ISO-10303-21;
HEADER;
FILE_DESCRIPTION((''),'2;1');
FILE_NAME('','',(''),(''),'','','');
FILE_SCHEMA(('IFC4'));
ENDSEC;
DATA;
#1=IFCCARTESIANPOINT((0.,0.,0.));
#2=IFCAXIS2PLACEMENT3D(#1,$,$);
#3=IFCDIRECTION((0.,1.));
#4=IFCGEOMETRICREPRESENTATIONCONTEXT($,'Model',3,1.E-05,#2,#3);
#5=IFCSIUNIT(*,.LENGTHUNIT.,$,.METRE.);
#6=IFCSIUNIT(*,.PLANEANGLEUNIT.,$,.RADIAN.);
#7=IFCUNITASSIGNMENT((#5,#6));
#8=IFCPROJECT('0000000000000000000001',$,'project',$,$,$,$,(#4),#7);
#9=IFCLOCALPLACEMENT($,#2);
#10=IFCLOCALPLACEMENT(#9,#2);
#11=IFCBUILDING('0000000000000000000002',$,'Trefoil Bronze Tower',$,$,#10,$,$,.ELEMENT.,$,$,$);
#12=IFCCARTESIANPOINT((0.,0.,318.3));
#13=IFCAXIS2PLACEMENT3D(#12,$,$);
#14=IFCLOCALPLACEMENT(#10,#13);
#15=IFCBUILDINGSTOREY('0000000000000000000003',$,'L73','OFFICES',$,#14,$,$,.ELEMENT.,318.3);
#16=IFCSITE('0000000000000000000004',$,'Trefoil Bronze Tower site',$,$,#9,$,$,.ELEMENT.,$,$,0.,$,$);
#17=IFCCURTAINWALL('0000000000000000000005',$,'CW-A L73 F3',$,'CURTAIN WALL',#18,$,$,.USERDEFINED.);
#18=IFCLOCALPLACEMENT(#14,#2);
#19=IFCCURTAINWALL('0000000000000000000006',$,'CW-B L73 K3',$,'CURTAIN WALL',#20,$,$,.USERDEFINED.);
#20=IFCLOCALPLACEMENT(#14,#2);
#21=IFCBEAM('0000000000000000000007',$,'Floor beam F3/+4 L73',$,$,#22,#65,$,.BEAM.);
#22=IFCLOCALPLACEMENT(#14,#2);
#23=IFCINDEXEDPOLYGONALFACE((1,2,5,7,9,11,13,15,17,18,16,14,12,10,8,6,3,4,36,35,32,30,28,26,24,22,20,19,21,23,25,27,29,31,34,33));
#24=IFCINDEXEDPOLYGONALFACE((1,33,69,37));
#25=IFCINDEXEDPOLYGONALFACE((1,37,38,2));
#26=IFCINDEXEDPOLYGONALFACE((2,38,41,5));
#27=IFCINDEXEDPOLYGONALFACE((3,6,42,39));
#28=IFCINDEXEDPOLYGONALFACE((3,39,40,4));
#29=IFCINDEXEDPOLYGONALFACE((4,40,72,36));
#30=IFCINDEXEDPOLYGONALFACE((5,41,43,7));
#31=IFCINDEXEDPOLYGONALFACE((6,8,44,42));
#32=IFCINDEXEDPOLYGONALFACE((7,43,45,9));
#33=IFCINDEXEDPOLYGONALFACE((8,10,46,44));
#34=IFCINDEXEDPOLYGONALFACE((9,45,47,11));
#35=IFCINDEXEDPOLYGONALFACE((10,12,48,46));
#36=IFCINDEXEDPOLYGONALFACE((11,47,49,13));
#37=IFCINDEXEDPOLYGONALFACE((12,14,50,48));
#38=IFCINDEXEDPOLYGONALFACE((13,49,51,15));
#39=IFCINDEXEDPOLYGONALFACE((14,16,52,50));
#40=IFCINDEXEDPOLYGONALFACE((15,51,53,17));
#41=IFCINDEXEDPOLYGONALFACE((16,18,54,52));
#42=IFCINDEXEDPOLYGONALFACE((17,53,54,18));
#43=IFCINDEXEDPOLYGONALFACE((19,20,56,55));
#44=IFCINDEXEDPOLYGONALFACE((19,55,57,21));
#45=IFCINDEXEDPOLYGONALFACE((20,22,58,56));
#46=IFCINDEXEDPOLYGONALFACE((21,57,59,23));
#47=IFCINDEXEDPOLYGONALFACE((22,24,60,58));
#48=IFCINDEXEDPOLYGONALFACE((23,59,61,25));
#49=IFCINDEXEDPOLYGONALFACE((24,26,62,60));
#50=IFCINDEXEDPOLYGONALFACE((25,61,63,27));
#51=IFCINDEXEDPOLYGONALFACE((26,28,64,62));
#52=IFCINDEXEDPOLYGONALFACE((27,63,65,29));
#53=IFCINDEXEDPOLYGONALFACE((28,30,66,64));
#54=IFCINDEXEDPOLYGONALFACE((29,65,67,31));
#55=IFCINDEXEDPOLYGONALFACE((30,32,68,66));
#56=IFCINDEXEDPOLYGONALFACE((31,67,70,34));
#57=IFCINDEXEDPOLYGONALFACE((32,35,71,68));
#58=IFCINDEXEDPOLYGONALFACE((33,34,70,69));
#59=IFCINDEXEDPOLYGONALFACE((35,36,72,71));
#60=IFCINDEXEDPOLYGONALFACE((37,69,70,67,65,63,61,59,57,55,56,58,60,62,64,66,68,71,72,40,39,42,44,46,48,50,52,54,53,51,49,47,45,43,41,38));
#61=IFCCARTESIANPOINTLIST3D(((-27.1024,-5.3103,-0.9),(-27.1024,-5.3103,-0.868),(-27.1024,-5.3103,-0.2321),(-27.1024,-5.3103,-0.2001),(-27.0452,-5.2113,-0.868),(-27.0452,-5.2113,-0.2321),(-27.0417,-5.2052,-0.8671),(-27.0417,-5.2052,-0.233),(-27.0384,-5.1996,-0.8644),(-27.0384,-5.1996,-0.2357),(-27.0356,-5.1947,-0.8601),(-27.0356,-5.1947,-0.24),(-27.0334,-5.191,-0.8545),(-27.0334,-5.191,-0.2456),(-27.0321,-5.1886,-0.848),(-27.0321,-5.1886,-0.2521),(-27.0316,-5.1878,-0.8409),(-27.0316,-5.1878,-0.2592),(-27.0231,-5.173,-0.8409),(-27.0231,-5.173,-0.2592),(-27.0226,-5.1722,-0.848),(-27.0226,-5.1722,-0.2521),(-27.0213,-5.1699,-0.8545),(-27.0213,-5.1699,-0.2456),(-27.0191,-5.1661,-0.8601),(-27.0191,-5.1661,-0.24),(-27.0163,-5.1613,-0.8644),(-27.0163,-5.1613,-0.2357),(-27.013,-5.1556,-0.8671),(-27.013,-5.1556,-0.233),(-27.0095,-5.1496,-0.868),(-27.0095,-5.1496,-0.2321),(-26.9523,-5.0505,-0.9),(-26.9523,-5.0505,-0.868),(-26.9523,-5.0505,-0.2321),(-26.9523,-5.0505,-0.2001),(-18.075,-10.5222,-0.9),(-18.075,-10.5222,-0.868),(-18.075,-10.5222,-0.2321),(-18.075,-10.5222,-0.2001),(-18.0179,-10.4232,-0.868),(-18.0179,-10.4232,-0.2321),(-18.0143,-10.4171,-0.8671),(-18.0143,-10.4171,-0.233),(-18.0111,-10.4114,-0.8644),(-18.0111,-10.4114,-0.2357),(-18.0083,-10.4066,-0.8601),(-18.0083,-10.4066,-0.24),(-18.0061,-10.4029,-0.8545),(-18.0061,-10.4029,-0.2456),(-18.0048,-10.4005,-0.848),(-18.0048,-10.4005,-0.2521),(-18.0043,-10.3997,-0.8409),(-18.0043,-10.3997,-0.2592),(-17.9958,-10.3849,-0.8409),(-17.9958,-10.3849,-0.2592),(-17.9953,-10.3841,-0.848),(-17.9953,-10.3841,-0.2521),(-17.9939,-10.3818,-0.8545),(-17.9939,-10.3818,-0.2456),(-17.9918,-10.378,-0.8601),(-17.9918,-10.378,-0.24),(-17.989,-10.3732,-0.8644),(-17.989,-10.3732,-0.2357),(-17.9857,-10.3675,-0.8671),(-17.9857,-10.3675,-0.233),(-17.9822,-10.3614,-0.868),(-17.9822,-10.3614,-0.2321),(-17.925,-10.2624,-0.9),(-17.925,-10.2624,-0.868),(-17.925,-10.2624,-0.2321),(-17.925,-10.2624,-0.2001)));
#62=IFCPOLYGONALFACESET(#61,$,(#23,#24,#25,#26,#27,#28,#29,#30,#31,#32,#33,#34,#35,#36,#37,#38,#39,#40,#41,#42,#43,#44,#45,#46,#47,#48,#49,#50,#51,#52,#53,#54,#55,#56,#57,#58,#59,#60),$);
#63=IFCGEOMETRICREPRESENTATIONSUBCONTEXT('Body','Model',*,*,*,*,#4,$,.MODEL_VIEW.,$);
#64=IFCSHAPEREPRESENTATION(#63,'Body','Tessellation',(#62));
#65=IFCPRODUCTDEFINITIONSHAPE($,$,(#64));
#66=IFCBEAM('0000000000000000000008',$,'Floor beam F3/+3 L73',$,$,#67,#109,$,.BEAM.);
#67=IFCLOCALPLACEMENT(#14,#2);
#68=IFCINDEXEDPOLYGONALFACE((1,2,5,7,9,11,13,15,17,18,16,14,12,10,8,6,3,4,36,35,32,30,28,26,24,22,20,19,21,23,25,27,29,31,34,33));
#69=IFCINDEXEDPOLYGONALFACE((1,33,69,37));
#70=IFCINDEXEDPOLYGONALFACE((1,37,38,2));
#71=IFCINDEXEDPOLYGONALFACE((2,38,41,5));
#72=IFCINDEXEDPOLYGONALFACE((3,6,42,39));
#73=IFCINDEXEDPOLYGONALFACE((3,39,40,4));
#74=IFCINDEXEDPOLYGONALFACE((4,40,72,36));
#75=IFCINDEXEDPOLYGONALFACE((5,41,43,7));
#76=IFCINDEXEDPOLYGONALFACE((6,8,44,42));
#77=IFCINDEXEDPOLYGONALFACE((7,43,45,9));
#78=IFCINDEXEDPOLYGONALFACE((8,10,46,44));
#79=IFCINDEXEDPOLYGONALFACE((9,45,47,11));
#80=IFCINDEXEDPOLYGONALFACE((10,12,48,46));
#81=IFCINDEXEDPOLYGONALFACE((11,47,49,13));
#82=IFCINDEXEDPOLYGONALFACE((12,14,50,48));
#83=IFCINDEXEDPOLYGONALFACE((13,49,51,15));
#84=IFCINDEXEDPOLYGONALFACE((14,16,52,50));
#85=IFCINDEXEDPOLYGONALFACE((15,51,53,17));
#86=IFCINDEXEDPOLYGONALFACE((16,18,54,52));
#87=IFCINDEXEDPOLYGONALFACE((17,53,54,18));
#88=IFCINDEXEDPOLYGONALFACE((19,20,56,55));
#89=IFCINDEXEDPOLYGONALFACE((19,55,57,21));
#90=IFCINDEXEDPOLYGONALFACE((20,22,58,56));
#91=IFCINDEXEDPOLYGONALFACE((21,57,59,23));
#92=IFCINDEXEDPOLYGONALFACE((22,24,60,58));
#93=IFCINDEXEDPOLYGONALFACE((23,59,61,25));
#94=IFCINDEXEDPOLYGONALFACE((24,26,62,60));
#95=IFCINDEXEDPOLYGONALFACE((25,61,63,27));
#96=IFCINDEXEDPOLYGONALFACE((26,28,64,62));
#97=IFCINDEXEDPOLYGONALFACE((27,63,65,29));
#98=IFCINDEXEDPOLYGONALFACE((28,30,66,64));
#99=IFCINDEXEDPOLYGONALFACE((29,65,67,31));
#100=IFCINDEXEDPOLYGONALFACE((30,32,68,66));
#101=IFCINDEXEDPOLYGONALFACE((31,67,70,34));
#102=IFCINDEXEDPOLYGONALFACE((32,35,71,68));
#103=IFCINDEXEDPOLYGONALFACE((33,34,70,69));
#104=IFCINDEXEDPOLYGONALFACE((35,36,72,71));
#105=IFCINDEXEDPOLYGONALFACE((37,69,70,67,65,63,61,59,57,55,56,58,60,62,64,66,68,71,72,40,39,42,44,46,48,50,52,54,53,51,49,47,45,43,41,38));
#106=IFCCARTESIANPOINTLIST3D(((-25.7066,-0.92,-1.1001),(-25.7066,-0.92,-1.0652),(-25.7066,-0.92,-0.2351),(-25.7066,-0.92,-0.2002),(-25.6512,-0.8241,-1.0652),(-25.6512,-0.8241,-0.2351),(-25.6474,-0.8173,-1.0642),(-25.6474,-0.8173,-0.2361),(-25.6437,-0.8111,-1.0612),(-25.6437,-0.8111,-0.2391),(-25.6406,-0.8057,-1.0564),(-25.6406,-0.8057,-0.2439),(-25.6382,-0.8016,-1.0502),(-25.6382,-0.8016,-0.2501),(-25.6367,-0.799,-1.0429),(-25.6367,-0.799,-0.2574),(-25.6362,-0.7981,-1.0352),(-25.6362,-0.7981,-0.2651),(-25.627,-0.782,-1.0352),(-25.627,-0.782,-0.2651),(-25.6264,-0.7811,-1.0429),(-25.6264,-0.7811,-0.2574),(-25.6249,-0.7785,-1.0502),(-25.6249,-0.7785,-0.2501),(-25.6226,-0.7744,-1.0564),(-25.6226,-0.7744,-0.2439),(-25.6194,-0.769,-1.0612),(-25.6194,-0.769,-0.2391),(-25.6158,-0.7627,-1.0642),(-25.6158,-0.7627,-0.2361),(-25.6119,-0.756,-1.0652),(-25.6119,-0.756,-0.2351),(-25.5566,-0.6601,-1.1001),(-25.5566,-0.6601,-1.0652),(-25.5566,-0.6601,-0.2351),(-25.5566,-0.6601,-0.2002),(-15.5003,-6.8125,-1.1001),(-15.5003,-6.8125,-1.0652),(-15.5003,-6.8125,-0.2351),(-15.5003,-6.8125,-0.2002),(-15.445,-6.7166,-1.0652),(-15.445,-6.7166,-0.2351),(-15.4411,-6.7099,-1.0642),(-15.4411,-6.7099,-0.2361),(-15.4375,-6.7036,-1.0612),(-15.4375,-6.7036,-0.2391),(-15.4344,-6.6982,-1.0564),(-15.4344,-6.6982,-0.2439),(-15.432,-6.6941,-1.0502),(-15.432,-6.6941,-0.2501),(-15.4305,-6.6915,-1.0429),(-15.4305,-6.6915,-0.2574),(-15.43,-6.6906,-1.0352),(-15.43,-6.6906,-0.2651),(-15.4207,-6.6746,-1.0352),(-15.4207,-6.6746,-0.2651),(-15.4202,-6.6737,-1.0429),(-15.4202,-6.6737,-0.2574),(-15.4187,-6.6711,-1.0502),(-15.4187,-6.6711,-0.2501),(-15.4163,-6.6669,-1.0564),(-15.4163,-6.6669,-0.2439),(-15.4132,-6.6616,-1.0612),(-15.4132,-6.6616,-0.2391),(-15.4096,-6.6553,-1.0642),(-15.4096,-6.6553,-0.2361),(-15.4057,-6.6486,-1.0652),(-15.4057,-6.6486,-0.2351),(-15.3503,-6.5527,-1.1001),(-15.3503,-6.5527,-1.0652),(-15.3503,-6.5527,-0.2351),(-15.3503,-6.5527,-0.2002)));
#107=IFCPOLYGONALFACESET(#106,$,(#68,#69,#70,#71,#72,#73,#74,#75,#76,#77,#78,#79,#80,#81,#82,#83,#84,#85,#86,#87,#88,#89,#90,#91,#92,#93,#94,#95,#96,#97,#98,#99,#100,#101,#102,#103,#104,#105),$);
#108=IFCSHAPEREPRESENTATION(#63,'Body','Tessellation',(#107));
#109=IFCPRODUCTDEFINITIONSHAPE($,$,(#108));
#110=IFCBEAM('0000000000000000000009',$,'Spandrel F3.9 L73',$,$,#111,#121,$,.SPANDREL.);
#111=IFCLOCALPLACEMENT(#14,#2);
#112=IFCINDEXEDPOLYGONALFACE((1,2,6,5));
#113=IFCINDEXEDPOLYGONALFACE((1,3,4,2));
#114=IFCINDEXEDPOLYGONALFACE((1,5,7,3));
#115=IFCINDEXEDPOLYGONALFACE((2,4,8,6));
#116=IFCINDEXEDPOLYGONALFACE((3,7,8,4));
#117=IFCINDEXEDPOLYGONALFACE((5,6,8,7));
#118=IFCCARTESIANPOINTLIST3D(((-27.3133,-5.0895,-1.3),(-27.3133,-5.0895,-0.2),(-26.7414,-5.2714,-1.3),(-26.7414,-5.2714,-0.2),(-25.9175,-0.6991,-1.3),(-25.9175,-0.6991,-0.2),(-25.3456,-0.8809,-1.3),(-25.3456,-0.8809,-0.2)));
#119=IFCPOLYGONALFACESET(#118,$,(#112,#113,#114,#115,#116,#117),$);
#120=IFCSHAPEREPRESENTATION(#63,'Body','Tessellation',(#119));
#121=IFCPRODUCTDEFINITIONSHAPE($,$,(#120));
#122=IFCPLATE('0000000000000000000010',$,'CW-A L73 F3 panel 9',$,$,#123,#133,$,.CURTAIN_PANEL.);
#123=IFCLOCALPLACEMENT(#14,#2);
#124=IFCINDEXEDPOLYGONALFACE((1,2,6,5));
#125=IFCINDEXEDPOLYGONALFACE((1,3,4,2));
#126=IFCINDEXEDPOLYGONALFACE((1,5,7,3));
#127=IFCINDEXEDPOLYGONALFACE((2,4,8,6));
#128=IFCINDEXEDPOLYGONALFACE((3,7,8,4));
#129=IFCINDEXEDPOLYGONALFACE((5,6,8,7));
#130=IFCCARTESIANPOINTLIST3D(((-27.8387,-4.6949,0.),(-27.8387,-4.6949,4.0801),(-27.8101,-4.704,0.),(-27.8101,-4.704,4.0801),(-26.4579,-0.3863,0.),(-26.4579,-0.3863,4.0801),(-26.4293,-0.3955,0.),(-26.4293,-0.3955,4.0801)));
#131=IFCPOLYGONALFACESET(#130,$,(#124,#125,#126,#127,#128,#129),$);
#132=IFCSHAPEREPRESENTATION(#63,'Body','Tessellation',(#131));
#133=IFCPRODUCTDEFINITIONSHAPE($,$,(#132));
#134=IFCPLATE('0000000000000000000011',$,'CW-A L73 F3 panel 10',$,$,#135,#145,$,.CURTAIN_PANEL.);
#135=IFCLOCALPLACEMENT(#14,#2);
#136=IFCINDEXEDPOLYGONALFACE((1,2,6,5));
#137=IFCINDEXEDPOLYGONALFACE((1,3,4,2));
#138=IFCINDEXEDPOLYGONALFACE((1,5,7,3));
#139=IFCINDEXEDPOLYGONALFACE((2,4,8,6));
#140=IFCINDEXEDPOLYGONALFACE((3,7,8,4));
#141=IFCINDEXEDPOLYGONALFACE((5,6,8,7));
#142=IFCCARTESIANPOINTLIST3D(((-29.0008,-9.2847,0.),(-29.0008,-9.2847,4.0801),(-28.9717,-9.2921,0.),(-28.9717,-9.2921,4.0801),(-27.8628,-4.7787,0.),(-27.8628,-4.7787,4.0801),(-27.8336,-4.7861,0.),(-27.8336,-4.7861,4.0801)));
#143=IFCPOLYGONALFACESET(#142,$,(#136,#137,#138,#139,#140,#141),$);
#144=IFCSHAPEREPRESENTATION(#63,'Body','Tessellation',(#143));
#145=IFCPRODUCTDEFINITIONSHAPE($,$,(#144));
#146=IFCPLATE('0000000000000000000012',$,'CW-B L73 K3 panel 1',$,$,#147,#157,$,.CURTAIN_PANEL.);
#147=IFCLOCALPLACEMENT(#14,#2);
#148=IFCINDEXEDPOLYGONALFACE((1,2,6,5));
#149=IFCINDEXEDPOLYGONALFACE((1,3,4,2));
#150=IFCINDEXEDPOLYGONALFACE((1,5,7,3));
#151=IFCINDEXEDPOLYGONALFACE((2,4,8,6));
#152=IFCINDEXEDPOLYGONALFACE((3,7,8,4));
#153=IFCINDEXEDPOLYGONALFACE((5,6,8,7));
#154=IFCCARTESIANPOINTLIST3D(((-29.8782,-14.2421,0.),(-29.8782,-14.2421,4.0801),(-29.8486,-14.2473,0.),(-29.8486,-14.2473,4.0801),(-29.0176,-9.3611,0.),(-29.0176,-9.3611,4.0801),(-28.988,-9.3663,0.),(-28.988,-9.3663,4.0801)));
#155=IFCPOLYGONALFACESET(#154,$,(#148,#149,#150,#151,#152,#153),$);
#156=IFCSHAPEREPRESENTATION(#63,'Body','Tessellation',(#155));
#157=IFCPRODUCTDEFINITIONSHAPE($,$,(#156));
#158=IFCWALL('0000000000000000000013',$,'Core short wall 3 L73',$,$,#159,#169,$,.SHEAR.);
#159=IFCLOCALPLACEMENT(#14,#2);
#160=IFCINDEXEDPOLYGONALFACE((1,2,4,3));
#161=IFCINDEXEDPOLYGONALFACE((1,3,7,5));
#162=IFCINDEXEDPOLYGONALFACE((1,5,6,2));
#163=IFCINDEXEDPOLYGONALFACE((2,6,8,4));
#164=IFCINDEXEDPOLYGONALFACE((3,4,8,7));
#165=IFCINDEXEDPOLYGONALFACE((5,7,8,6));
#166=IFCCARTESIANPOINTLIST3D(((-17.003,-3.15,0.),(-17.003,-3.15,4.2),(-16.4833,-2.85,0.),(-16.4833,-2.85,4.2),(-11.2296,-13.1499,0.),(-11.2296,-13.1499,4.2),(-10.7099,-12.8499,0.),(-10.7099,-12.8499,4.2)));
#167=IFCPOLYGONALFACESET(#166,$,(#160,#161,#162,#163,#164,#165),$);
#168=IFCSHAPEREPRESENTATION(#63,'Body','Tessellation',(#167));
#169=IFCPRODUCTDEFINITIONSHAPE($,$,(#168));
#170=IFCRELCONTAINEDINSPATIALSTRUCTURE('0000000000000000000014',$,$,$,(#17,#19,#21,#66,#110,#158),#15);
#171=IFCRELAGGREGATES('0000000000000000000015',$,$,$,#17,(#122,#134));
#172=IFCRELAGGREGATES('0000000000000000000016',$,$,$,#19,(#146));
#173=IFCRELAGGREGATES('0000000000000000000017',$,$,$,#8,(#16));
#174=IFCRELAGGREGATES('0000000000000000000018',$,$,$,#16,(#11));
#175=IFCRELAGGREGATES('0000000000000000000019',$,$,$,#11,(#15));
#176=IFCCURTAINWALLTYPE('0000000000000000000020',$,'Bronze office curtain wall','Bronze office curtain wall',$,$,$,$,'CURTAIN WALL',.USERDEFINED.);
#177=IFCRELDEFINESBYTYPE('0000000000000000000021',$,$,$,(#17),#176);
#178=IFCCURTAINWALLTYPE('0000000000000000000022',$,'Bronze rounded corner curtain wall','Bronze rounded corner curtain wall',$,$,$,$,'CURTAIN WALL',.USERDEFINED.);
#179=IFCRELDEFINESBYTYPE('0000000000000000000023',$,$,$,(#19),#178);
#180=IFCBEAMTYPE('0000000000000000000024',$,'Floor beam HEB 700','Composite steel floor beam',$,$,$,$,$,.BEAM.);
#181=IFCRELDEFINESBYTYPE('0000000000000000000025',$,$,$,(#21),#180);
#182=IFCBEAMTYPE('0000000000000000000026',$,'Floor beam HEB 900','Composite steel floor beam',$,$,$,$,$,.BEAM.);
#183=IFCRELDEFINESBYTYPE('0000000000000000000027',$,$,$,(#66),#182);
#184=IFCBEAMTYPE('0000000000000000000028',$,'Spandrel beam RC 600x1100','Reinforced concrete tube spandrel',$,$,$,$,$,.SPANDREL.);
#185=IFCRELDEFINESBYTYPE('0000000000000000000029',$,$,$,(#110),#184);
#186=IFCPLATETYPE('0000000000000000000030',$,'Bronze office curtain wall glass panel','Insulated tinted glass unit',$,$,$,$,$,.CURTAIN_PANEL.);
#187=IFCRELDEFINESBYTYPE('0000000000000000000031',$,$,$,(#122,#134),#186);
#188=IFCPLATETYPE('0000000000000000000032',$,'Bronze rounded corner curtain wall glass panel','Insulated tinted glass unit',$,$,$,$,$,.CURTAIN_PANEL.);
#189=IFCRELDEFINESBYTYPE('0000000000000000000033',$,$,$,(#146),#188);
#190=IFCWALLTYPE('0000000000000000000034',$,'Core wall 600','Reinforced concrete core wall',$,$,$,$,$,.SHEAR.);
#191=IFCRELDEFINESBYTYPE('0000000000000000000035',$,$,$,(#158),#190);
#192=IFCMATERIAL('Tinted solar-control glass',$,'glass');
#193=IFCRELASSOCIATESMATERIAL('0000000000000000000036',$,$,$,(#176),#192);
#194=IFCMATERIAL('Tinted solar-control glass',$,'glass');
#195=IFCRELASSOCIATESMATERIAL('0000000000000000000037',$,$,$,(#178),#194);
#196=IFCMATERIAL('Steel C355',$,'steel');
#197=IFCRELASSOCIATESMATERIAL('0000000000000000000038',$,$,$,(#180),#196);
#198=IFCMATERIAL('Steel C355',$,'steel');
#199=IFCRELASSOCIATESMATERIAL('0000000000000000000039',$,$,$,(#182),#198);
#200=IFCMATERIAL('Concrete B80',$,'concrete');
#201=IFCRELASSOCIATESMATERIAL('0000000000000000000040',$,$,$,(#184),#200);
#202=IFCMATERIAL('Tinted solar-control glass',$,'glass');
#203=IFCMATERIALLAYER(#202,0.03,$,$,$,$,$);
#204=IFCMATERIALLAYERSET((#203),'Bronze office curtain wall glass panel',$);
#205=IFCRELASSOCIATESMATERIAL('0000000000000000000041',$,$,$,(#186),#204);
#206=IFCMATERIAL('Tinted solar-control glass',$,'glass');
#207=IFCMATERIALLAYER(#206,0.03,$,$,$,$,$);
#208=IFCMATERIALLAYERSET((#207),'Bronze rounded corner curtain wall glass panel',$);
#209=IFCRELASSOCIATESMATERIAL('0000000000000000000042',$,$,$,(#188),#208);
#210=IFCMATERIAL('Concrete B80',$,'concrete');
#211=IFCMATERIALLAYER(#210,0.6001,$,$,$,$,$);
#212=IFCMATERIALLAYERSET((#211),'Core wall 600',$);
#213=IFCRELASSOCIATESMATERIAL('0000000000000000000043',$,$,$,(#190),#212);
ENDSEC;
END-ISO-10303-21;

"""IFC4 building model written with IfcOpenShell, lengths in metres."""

from ifc_helpers import new_model, si_unit, direction, frame, frame_2d, origin, origin_2d, place, context, subcontext, project, spatial, rectangle, i_section, extrude, material, layer, layer_set, material_profile, profile_set, type_object, element, aggregate, save


model = new_model("IFC4")

# Units and contexts
model_context = context("Model", 3, precision=1e-05, world=origin(), true_north=direction((0.0, 1.0)))
body_context = subcontext(model_context, "Body", "Model", "MODEL_VIEW")
ifc_project = project(units=[si_unit("LENGTHUNIT", "METRE"), si_unit("PLANEANGLEUNIT", "RADIAN")], contexts=[model_context])

# Site, building, storey
site_placement = place(None, origin())
site = spatial("IfcSite", under=ifc_project, at=site_placement, Name="Trefoil Bronze Tower site", CompositionType="ELEMENT", RefElevation=0.0)
building_placement = place(site_placement, origin())
building = spatial("IfcBuilding", under=site, at=building_placement, Name="Trefoil Bronze Tower", CompositionType="ELEMENT")
storey_placement = place(building_placement, frame((0.0, 0.0, 318.3)))
storey = spatial("IfcBuildingStorey", under=building, at=storey_placement, Name="L73", Description="OFFICES", CompositionType="ELEMENT", Elevation=318.3)

# Curtain walls
ifc_material_1 = material(Name="Tinted solar-control glass", Category="glass")
curtain_wall_type_1 = type_object("IfcCurtainWallType", Name="Bronze office curtain wall", Description="Bronze office curtain wall", ElementType="CURTAIN WALL", PredefinedType="USERDEFINED", material=ifc_material_1)
curtain_wall_1_placement = place(storey_placement, origin())
curtain_wall_1 = element("IfcCurtainWall", 1, at=curtain_wall_1_placement, inside=storey, type_object=curtain_wall_type_1, Name="CW-A L73 F3", ObjectType="CURTAIN WALL", PredefinedType="USERDEFINED")
ifc_material_2 = material(Name="Tinted solar-control glass", Category="glass")
curtain_wall_type_2 = type_object("IfcCurtainWallType", Name="Bronze rounded corner curtain wall", Description="Bronze rounded corner curtain wall", ElementType="CURTAIN WALL", PredefinedType="USERDEFINED", material=ifc_material_2)
curtain_wall_2_placement = place(storey_placement, origin())
curtain_wall_2 = element("IfcCurtainWall", 2, at=curtain_wall_2_placement, inside=storey, type_object=curtain_wall_type_2, Name="CW-B L73 K3", ObjectType="CURTAIN WALL", PredefinedType="USERDEFINED")

# Beams
ifc_material_3 = material(Name="Steel C355", Category="steel")
ifc_material_profile_1 = material_profile(ifc_material_3, i_section(OverallWidth=0.3, OverallDepth=0.7, WebThickness=0.0171, FlangeThickness=0.032, FilletRadius=0.0271, at=origin_2d()), Name="HEB 700")
ifc_profile_set_1 = profile_set([ifc_material_profile_1], Name="Steel C355")
beam_type_1 = type_object("IfcBeamType", Name="Floor beam HEB 700", Description="Composite steel floor beam", PredefinedType="BEAM", material=ifc_profile_set_1)
beam_1_placement = place(storey_placement, frame((-27.0273, -5.1804, -0.55), z_axis=(0.866026, -0.499998, 0.0), x_axis=(0.499998, 0.866026, 0.0)))
element("IfcBeam", 3, at=beam_1_placement, inside=storey, type_object=beam_type_1, Name="Floor beam F3/+4 L73", PredefinedType="BEAM", context=body_context, shape_type="SweptSolid", body=[
    extrude(i_section(OverallWidth=0.3, OverallDepth=0.7, WebThickness=0.0171, FlangeThickness=0.032, FilletRadius=0.0271, at=origin_2d()), origin(), (0.0, 0.0, 1.0), 10.4238),
])
ifc_material_4 = material(Name="Steel C355", Category="steel")
ifc_material_profile_2 = material_profile(ifc_material_4, i_section(OverallWidth=0.3, OverallDepth=0.8999, WebThickness=0.0186, FlangeThickness=0.0349, FilletRadius=0.03, at=origin_2d()), Name="HEB 900")
ifc_profile_set_2 = profile_set([ifc_material_profile_2], Name="Steel C355")
beam_type_2 = type_object("IfcBeamType", Name="Floor beam HEB 900", Description="Composite steel floor beam", PredefinedType="BEAM", material=ifc_profile_set_2)
beam_2_placement = place(storey_placement, frame((-25.6316, -0.79, -0.6501), z_axis=(0.866027, -0.499998, 0.0), x_axis=(0.499998, 0.866027, 0.0)))
element("IfcBeam", 4, at=beam_2_placement, inside=storey, type_object=beam_type_2, Name="Floor beam F3/+3 L73", PredefinedType="BEAM", context=body_context, shape_type="SweptSolid", body=[
    extrude(i_section(OverallWidth=0.3, OverallDepth=0.8999, WebThickness=0.0186, FlangeThickness=0.0349, FilletRadius=0.03, at=origin_2d()), origin(), (0.0, 0.0, 1.0), 11.7852),
])
ifc_material_5 = material(Name="Concrete B80", Category="concrete")
ifc_material_profile_3 = material_profile(ifc_material_5, rectangle(XDim=0.6001, YDim=1.1001, at=origin_2d()), Name="RC 600x1100")
ifc_profile_set_3 = profile_set([ifc_material_profile_3], Name="Concrete B80")
beam_type_3 = type_object("IfcBeamType", Name="Spandrel beam RC 600x1100", Description="Reinforced concrete tube spandrel", PredefinedType="SPANDREL", material=ifc_profile_set_3)
beam_3_placement = place(storey_placement, frame((-25.6316, -0.79, -0.75), z_axis=(-0.30297, -0.953, 0.0), x_axis=(0.953, -0.30297, 0.0)))
element("IfcBeam", 5, at=beam_3_placement, inside=storey, type_object=beam_type_3, Name="Spandrel F3.9 L73", PredefinedType="SPANDREL", context=body_context, shape_type="SweptSolid", body=[
    extrude(rectangle(XDim=0.6001, YDim=1.1001, at=origin_2d()), origin(), (0.0, 0.0, 1.0), 4.6069),
])

# Plates
ifc_material_6 = material(Name="Tinted solar-control glass", Category="glass")
ifc_layer_1 = layer(ifc_material_6, 0.03)
ifc_layer_set_1 = layer_set([ifc_layer_1], Name="Bronze office curtain wall glass panel")
plate_type_1 = type_object("IfcPlateType", Name="Bronze office curtain wall glass panel", Description="Insulated tinted glass unit", PredefinedType="CURTAIN_PANEL", material=ifc_layer_set_1)
plate_1_placement = place(storey_placement, frame((-27.134, -2.5452, 0.0), z_axis=(0.0, 0.0, 1.0), x_axis=(-0.305188, -0.952292, 0.0)))
plate_1 = element("IfcPlate", 6, at=plate_1_placement, type_object=plate_type_1, Name="CW-A L73 F3 panel 9", PredefinedType="CURTAIN_PANEL", context=body_context, shape_type="SweptSolid", body=[
    extrude(rectangle(XDim=4.5244, YDim=0.03, at=origin_2d()), origin(), (0.0, 0.0, 1.0), 4.0801),
])
plate_2_placement = place(storey_placement, frame((-28.4172, -7.0354, 0.0), z_axis=(0.0, 0.0, 1.0), x_axis=(-0.24488, -0.969554, 0.0)))
plate_2 = element("IfcPlate", 7, at=plate_2_placement, type_object=plate_type_1, Name="CW-A L73 F3 panel 10", PredefinedType="CURTAIN_PANEL", context=body_context, shape_type="SweptSolid", body=[
    extrude(rectangle(XDim=4.6475, YDim=0.03, at=origin_2d()), origin(), (0.0, 0.0, 1.0), 4.0801),
])
aggregate(curtain_wall_1, [plate_1, plate_2])
ifc_material_7 = material(Name="Tinted solar-control glass", Category="glass")
ifc_layer_2 = layer(ifc_material_7, 0.03)
ifc_layer_set_2 = layer_set([ifc_layer_2], Name="Bronze rounded corner curtain wall glass panel")
plate_type_2 = type_object("IfcPlateType", Name="Bronze rounded corner curtain wall glass panel", Description="Insulated tinted glass unit", PredefinedType="CURTAIN_PANEL", material=ifc_layer_set_2)
plate_3_placement = place(storey_placement, frame((-29.4331, -11.8042, 0.0), z_axis=(0.0, 0.0, 1.0), x_axis=(-0.173648, -0.984808, 0.0)))
plate_3 = element("IfcPlate", 8, at=plate_3_placement, type_object=plate_type_2, Name="CW-B L73 K3 panel 1", PredefinedType="CURTAIN_PANEL", context=body_context, shape_type="SweptSolid", body=[
    extrude(rectangle(XDim=4.9563, YDim=0.03, at=origin_2d()), origin(), (0.0, 0.0, 1.0), 4.0801),
])
aggregate(curtain_wall_2, [plate_3])

# Wall
ifc_material_8 = material(Name="Concrete B80", Category="concrete")
ifc_layer_3 = layer(ifc_material_8, 0.6001)
ifc_layer_set_3 = layer_set([ifc_layer_3], Name="Core wall 600")
wall_type_1 = type_object("IfcWallType", Name="Core wall 600", Description="Reinforced concrete core wall", PredefinedType="SHEAR", material=ifc_layer_set_3)
wall_1_placement = place(storey_placement, frame((-16.7432, -3.0, 0.0), z_axis=(0.0, 0.0, 1.0), x_axis=(0.499996, -0.866028, 0.0)))
element("IfcWall", 9, at=wall_1_placement, inside=storey, type_object=wall_type_1, Name="Core short wall 3 L73", PredefinedType="SHEAR", context=body_context, shape_type="SweptSolid", body=[
    extrude(rectangle(XDim=11.5469, YDim=0.6001, at=frame_2d((5.7734, 0.0))), origin(), (0.0, 0.0, 1.0), 4.2),
])

save(model, "model.ifc")
